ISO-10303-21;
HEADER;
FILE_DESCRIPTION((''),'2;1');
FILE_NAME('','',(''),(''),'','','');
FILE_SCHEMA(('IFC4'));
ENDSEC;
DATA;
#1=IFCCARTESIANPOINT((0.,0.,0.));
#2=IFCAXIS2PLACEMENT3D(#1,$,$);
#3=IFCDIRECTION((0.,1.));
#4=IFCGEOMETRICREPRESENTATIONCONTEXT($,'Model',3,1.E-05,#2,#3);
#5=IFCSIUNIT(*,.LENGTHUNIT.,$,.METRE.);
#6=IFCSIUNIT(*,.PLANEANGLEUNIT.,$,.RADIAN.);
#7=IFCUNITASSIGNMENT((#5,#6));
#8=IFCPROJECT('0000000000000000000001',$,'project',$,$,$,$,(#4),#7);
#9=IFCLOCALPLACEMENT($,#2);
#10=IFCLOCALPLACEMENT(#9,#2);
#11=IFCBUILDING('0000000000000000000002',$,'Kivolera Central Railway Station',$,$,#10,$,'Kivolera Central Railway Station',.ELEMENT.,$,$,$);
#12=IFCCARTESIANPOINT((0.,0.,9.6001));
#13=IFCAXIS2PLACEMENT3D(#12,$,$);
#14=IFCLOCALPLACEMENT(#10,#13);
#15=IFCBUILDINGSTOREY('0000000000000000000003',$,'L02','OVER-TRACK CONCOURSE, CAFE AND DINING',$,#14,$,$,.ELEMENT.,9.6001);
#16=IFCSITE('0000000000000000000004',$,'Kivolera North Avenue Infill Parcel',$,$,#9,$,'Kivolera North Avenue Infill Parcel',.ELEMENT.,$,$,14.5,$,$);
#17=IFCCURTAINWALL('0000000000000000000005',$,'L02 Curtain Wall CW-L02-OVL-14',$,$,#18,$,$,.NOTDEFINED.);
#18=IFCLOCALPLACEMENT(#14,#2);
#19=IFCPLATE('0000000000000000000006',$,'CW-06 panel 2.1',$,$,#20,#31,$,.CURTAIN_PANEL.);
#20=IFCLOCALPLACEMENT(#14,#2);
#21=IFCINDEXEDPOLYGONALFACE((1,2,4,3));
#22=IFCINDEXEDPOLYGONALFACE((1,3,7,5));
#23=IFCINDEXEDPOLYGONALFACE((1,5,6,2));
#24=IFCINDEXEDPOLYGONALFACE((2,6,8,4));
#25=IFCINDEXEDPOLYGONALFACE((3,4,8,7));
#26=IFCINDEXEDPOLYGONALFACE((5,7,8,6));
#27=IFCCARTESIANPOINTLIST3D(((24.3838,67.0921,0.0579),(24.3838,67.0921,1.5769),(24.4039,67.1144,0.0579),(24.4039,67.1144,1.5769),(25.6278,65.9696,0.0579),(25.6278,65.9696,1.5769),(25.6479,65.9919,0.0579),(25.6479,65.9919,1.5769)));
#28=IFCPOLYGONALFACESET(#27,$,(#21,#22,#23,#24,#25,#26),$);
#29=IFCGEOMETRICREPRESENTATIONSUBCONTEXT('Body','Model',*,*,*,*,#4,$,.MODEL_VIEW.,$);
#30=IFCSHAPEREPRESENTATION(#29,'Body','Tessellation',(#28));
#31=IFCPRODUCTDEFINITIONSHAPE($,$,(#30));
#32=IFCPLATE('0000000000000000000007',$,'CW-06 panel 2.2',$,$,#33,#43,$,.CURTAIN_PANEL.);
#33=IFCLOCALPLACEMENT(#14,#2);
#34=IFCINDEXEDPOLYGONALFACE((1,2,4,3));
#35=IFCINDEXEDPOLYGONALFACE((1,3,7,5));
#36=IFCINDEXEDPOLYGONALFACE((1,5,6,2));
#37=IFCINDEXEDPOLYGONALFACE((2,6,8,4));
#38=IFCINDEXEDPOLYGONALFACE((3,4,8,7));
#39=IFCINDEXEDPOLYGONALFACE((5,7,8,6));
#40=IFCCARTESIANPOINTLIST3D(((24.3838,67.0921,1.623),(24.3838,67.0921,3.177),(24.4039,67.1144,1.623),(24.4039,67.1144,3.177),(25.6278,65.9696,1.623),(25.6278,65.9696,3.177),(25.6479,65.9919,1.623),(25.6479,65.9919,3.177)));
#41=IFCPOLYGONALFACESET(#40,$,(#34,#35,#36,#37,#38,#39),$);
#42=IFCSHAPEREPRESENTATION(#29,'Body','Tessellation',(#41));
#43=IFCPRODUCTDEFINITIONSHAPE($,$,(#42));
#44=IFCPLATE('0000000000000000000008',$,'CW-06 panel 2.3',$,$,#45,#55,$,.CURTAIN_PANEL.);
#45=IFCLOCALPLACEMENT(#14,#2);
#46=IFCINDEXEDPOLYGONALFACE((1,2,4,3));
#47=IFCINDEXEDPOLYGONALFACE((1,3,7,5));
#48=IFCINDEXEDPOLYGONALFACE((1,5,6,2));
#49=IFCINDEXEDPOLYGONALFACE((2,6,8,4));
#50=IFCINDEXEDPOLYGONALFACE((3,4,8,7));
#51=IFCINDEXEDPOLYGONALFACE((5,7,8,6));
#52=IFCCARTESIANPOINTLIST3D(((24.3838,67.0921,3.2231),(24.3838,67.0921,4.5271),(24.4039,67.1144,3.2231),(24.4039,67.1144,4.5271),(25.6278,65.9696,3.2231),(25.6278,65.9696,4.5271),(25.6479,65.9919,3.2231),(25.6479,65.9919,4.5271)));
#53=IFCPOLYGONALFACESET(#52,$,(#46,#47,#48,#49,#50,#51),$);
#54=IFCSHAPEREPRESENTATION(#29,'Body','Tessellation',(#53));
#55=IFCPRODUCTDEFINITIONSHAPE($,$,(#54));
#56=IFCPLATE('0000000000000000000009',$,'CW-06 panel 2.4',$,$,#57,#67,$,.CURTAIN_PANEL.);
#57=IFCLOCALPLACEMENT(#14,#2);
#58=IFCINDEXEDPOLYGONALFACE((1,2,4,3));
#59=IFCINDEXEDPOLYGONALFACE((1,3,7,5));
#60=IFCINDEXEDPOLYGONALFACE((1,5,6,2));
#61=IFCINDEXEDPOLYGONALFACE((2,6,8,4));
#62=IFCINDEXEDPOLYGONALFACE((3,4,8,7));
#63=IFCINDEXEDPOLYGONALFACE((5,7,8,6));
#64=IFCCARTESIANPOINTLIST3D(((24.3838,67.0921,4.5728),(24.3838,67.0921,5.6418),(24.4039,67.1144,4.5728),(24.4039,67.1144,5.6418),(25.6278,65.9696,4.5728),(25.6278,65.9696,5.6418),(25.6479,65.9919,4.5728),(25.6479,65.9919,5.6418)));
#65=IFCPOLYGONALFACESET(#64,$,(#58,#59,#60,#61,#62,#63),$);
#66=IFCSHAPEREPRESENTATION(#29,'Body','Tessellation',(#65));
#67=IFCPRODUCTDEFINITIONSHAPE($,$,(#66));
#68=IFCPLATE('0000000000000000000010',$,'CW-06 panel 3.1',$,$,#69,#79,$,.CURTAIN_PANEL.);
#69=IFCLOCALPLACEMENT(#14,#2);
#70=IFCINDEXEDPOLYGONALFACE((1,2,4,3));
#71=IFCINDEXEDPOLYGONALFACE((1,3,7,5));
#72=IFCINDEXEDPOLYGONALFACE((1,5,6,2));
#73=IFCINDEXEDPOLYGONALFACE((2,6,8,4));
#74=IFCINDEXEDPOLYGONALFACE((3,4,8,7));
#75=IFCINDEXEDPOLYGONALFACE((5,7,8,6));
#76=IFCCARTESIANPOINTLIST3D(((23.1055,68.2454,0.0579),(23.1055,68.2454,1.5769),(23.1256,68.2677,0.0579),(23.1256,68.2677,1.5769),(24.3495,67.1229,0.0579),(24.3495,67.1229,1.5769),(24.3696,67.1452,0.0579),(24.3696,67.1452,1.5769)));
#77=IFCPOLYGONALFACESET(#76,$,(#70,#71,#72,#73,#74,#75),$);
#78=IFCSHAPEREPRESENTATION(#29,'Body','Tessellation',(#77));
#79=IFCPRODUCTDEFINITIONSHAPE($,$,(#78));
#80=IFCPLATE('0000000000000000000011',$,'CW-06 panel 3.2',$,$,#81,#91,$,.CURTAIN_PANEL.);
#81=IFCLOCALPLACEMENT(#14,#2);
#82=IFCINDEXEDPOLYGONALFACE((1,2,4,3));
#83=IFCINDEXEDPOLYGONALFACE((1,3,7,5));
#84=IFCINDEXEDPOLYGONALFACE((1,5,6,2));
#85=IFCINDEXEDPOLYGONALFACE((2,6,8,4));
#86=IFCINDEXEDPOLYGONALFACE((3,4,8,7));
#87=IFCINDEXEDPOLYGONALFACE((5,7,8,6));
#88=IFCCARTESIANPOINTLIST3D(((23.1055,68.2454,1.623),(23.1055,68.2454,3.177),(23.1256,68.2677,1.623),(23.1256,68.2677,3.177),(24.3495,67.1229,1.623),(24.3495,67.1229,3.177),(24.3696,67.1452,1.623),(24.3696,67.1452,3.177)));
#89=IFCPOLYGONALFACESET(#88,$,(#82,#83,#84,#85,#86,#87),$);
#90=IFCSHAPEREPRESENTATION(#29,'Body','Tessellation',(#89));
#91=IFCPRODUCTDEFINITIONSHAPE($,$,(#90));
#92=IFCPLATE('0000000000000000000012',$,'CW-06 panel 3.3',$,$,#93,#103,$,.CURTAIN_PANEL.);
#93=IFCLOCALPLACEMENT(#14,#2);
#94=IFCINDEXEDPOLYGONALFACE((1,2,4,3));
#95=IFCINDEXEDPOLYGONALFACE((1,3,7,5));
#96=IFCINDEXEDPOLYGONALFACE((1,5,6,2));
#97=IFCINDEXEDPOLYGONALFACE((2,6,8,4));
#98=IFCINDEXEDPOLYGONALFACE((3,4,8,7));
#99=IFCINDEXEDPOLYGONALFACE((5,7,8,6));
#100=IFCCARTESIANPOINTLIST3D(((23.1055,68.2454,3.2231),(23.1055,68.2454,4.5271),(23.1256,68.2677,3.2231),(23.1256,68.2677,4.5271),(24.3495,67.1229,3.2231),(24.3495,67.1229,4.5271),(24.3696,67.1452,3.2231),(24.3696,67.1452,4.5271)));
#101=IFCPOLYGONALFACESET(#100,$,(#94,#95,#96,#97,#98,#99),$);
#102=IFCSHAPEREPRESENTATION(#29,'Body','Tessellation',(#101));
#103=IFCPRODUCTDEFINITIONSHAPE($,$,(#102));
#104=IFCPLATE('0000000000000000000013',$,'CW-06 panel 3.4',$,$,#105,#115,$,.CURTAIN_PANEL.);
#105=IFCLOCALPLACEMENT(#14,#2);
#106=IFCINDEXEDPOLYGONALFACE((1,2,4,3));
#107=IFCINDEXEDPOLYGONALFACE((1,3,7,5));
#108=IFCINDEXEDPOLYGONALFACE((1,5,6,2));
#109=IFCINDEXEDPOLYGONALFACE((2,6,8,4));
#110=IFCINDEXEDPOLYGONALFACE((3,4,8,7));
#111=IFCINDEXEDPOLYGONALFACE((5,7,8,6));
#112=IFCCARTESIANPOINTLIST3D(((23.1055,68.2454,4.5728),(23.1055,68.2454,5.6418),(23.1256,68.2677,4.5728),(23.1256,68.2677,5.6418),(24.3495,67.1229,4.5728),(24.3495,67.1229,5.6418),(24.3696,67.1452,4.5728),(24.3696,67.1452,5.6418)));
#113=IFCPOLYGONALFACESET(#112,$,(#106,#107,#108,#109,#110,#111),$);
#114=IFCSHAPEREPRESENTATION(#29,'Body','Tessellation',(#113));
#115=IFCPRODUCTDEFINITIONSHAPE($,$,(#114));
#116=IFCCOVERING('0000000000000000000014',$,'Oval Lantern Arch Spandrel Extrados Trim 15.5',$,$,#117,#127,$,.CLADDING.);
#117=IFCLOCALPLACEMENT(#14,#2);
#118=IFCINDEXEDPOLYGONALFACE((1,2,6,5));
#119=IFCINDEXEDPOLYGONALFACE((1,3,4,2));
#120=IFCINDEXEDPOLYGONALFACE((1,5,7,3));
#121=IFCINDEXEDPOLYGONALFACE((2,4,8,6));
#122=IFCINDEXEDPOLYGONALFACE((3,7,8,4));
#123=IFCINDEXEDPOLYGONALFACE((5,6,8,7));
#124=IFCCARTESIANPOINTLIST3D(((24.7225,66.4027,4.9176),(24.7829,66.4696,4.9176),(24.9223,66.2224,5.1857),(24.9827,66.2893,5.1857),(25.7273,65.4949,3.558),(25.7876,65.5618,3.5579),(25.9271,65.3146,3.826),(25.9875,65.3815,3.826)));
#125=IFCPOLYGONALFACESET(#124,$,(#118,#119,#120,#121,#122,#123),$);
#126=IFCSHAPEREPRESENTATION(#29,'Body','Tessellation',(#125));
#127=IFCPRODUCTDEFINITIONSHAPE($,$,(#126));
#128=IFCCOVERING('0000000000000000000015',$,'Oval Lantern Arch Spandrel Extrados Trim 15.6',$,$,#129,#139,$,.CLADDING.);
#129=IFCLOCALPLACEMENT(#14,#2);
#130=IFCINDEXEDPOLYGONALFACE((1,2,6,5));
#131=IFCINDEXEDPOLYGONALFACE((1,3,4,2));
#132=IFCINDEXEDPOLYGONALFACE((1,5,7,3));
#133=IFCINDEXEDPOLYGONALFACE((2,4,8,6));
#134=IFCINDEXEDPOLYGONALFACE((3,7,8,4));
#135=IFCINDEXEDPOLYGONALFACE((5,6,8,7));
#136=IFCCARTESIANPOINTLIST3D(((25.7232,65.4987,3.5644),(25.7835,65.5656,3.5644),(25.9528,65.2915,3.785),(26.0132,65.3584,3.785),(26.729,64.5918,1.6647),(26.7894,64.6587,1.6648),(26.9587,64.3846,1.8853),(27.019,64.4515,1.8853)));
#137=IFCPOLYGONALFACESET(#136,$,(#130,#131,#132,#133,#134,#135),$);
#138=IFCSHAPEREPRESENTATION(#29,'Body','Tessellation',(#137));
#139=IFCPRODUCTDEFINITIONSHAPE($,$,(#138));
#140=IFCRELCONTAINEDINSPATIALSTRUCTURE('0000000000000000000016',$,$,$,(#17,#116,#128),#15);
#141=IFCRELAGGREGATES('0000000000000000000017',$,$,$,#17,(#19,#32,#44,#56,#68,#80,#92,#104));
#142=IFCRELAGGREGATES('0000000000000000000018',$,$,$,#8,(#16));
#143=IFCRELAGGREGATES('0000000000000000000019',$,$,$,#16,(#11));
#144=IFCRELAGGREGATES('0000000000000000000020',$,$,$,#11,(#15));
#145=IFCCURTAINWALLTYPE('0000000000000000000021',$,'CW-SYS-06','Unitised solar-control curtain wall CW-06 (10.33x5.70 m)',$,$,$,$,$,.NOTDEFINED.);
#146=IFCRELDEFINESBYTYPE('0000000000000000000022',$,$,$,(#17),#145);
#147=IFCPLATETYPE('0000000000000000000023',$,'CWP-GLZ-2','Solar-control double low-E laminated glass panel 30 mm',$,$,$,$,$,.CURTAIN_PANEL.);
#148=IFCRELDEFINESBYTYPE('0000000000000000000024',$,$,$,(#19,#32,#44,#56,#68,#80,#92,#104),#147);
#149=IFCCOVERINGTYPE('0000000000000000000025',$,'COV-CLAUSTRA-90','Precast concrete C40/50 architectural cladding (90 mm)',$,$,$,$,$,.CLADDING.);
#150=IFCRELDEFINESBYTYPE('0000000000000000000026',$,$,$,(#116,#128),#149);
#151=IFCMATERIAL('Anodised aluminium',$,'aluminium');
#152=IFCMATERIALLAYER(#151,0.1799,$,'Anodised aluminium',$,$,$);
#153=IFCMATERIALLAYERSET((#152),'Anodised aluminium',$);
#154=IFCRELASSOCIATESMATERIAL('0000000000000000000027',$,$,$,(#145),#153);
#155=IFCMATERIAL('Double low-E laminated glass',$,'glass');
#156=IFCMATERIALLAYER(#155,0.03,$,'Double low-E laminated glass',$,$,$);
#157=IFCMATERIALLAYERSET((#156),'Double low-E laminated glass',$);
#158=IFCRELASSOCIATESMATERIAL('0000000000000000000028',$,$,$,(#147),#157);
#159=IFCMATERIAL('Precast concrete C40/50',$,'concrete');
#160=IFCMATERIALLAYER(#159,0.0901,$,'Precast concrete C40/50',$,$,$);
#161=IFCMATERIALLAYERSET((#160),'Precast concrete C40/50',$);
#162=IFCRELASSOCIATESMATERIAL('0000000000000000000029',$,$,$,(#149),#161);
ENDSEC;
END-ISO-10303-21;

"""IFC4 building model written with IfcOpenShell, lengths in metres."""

from ifc_helpers import new_model, si_unit, direction, frame, origin, origin_2d, place, context, subcontext, project, spatial, rectangle, extrude, material, layer, layer_set, type_object, element, aggregate, save


model = new_model("IFC4")

# Units and contexts
model_context = context("Model", 3, precision=1e-05, world=origin(), true_north=direction((0.0, 1.0)))
body_context = subcontext(model_context, "Body", "Model", "MODEL_VIEW")
ifc_project = project(units=[si_unit("LENGTHUNIT", "METRE"), si_unit("PLANEANGLEUNIT", "RADIAN")], contexts=[model_context])

# Site, building, storey
site_placement = place(None, origin())
site = spatial("IfcSite", under=ifc_project, at=site_placement, Name="Kivolera North Avenue Infill Parcel", LongName="Kivolera North Avenue Infill Parcel", CompositionType="ELEMENT", RefElevation=14.5)
building_placement = place(site_placement, origin())
building = spatial("IfcBuilding", under=site, at=building_placement, Name="Kivolera Central Railway Station", LongName="Kivolera Central Railway Station", CompositionType="ELEMENT")
storey_placement = place(building_placement, frame((0.0, 0.0, 9.6001)))
storey = spatial("IfcBuildingStorey", under=building, at=storey_placement, Name="L02", Description="OVER-TRACK CONCOURSE, CAFE AND DINING", CompositionType="ELEMENT", Elevation=9.6001)

# Curtain wall, plates
ifc_material_1 = material(Name="Anodised aluminium", Category="aluminium")
ifc_layer_1 = layer(ifc_material_1, 0.1799, Name="Anodised aluminium")
ifc_layer_set_1 = layer_set([ifc_layer_1], Name="Anodised aluminium")
curtain_wall_type = type_object("IfcCurtainWallType", Name="CW-SYS-06", Description="Unitised solar-control curtain wall CW-06 (10.33x5.70 m)", PredefinedType="NOTDEFINED", material=ifc_layer_set_1)
curtain_wall_placement = place(storey_placement, origin())
curtain_wall = element("IfcCurtainWall", 1, at=curtain_wall_placement, inside=storey, type_object=curtain_wall_type, Name="L02 Curtain Wall CW-L02-OVL-14", PredefinedType="NOTDEFINED")
ifc_material_2 = material(Name="Double low-E laminated glass", Category="glass")
ifc_layer_2 = layer(ifc_material_2, 0.03, Name="Double low-E laminated glass")
ifc_layer_set_2 = layer_set([ifc_layer_2], Name="Double low-E laminated glass")
plate_type = type_object("IfcPlateType", Name="CWP-GLZ-2", Description="Solar-control double low-E laminated glass panel 30 mm", PredefinedType="CURTAIN_PANEL", material=ifc_layer_set_2)
plate_1_placement = place(storey_placement, frame((25.0159, 66.542, 0.0579), z_axis=(0.0, 0.0, 1.0), x_axis=(-0.742432, 0.669922, 0.0)))
plate_1 = element("IfcPlate", 2, at=plate_1_placement, type_object=plate_type, Name="CW-06 panel 2.1", PredefinedType="CURTAIN_PANEL", context=body_context, shape_type="SweptSolid", body=[
    extrude(rectangle(XDim=1.6755, YDim=0.03, at=origin_2d()), origin(), (0.0, 0.0, 1.0), 1.519),
])
plate_2_placement = place(storey_placement, frame((25.0159, 66.542, 1.623), z_axis=(0.0, 0.0, 1.0), x_axis=(-0.742432, 0.669922, 0.0)))
plate_2 = element("IfcPlate", 3, at=plate_2_placement, type_object=plate_type, Name="CW-06 panel 2.2", PredefinedType="CURTAIN_PANEL", context=body_context, shape_type="SweptSolid", body=[
    extrude(rectangle(XDim=1.6755, YDim=0.03, at=origin_2d()), origin(), (0.0, 0.0, 1.0), 1.554),
])
plate_3_placement = place(storey_placement, frame((25.0159, 66.542, 3.2231), z_axis=(0.0, 0.0, 1.0), x_axis=(-0.742432, 0.669922, 0.0)))
plate_3 = element("IfcPlate", 4, at=plate_3_placement, type_object=plate_type, Name="CW-06 panel 2.3", PredefinedType="CURTAIN_PANEL", context=body_context, shape_type="SweptSolid", body=[
    extrude(rectangle(XDim=1.6755, YDim=0.03, at=origin_2d()), origin(), (0.0, 0.0, 1.0), 1.304),
])
plate_4_placement = place(storey_placement, frame((25.0159, 66.542, 4.5728), z_axis=(0.0, 0.0, 1.0), x_axis=(-0.742432, 0.669922, 0.0)))
plate_4 = element("IfcPlate", 5, at=plate_4_placement, type_object=plate_type, Name="CW-06 panel 2.4", PredefinedType="CURTAIN_PANEL", context=body_context, shape_type="SweptSolid", body=[
    extrude(rectangle(XDim=1.6755, YDim=0.03, at=origin_2d()), origin(), (0.0, 0.0, 1.0), 1.0691),
])
plate_5_placement = place(storey_placement, frame((23.7375, 67.6953, 0.0579), z_axis=(0.0, 0.0, 1.0), x_axis=(-0.742432, 0.669922, 0.0)))
plate_5 = element("IfcPlate", 6, at=plate_5_placement, type_object=plate_type, Name="CW-06 panel 3.1", PredefinedType="CURTAIN_PANEL", context=body_context, shape_type="SweptSolid", body=[
    extrude(rectangle(XDim=1.6755, YDim=0.03, at=origin_2d()), origin(), (0.0, 0.0, 1.0), 1.519),
])
plate_6_placement = place(storey_placement, frame((23.7375, 67.6953, 1.623), z_axis=(0.0, 0.0, 1.0), x_axis=(-0.742432, 0.669922, 0.0)))
plate_6 = element("IfcPlate", 7, at=plate_6_placement, type_object=plate_type, Name="CW-06 panel 3.2", PredefinedType="CURTAIN_PANEL", context=body_context, shape_type="SweptSolid", body=[
    extrude(rectangle(XDim=1.6755, YDim=0.03, at=origin_2d()), origin(), (0.0, 0.0, 1.0), 1.554),
])
plate_7_placement = place(storey_placement, frame((23.7375, 67.6953, 3.2231), z_axis=(0.0, 0.0, 1.0), x_axis=(-0.742432, 0.669922, 0.0)))
plate_7 = element("IfcPlate", 8, at=plate_7_placement, type_object=plate_type, Name="CW-06 panel 3.3", PredefinedType="CURTAIN_PANEL", context=body_context, shape_type="SweptSolid", body=[
    extrude(rectangle(XDim=1.6755, YDim=0.03, at=origin_2d()), origin(), (0.0, 0.0, 1.0), 1.304),
])
plate_8_placement = place(storey_placement, frame((23.7375, 67.6953, 4.5728), z_axis=(0.0, 0.0, 1.0), x_axis=(-0.742432, 0.669922, 0.0)))
plate_8 = element("IfcPlate", 9, at=plate_8_placement, type_object=plate_type, Name="CW-06 panel 3.4", PredefinedType="CURTAIN_PANEL", context=body_context, shape_type="SweptSolid", body=[
    extrude(rectangle(XDim=1.6755, YDim=0.03, at=origin_2d()), origin(), (0.0, 0.0, 1.0), 1.0691),
])
aggregate(curtain_wall, [plate_1, plate_2, plate_3, plate_4, plate_5, plate_6, plate_7, plate_8])

# Coverings
ifc_material_3 = material(Name="Precast concrete C40/50", Category="concrete")
ifc_layer_3 = layer(ifc_material_3, 0.0901, Name="Precast concrete C40/50")
ifc_layer_set_3 = layer_set([ifc_layer_3], Name="Precast concrete C40/50")
covering_type = type_object("IfcCoveringType", Name="COV-CLAUSTRA-90", Description="Precast concrete C40/50 architectural cladding (90 mm)", PredefinedType="CLADDING", material=ifc_layer_set_3)
covering_1_placement = place(storey_placement, frame((25.355, 65.8921, 4.3718), z_axis=(0.523602, -0.473065, -0.708555), x_axis=(-0.669922, -0.742431, 0.0)))
element("IfcCovering", 10, at=covering_1_placement, inside=storey, type_object=covering_type, Name="Oval Lantern Arch Spandrel Extrados Trim 15.5", PredefinedType="CLADDING", context=body_context, shape_type="SweptSolid", body=[
    extrude(rectangle(XDim=0.0901, YDim=0.3799, at=origin_2d()), frame((0.0, 0.0, -0.9595)), (0.0, 0.0, 1.0), 1.9189),
])
covering_2_placement = place(storey_placement, frame((26.3711, 64.9751, 2.7249), z_axis=(0.431133, -0.388706, -0.814268), x_axis=(-0.669922, -0.742431, 0.0)))
element("IfcCovering", 11, at=covering_2_placement, inside=storey, type_object=covering_type, Name="Oval Lantern Arch Spandrel Extrados Trim 15.6", PredefinedType="CLADDING", context=body_context, shape_type="SweptSolid", body=[
    extrude(rectangle(XDim=0.0901, YDim=0.3799, at=origin_2d()), frame((0.0, 0.0, -1.1665)), (0.0, 0.0, 1.0), 2.333),
])

save(model, "model.ifc")
